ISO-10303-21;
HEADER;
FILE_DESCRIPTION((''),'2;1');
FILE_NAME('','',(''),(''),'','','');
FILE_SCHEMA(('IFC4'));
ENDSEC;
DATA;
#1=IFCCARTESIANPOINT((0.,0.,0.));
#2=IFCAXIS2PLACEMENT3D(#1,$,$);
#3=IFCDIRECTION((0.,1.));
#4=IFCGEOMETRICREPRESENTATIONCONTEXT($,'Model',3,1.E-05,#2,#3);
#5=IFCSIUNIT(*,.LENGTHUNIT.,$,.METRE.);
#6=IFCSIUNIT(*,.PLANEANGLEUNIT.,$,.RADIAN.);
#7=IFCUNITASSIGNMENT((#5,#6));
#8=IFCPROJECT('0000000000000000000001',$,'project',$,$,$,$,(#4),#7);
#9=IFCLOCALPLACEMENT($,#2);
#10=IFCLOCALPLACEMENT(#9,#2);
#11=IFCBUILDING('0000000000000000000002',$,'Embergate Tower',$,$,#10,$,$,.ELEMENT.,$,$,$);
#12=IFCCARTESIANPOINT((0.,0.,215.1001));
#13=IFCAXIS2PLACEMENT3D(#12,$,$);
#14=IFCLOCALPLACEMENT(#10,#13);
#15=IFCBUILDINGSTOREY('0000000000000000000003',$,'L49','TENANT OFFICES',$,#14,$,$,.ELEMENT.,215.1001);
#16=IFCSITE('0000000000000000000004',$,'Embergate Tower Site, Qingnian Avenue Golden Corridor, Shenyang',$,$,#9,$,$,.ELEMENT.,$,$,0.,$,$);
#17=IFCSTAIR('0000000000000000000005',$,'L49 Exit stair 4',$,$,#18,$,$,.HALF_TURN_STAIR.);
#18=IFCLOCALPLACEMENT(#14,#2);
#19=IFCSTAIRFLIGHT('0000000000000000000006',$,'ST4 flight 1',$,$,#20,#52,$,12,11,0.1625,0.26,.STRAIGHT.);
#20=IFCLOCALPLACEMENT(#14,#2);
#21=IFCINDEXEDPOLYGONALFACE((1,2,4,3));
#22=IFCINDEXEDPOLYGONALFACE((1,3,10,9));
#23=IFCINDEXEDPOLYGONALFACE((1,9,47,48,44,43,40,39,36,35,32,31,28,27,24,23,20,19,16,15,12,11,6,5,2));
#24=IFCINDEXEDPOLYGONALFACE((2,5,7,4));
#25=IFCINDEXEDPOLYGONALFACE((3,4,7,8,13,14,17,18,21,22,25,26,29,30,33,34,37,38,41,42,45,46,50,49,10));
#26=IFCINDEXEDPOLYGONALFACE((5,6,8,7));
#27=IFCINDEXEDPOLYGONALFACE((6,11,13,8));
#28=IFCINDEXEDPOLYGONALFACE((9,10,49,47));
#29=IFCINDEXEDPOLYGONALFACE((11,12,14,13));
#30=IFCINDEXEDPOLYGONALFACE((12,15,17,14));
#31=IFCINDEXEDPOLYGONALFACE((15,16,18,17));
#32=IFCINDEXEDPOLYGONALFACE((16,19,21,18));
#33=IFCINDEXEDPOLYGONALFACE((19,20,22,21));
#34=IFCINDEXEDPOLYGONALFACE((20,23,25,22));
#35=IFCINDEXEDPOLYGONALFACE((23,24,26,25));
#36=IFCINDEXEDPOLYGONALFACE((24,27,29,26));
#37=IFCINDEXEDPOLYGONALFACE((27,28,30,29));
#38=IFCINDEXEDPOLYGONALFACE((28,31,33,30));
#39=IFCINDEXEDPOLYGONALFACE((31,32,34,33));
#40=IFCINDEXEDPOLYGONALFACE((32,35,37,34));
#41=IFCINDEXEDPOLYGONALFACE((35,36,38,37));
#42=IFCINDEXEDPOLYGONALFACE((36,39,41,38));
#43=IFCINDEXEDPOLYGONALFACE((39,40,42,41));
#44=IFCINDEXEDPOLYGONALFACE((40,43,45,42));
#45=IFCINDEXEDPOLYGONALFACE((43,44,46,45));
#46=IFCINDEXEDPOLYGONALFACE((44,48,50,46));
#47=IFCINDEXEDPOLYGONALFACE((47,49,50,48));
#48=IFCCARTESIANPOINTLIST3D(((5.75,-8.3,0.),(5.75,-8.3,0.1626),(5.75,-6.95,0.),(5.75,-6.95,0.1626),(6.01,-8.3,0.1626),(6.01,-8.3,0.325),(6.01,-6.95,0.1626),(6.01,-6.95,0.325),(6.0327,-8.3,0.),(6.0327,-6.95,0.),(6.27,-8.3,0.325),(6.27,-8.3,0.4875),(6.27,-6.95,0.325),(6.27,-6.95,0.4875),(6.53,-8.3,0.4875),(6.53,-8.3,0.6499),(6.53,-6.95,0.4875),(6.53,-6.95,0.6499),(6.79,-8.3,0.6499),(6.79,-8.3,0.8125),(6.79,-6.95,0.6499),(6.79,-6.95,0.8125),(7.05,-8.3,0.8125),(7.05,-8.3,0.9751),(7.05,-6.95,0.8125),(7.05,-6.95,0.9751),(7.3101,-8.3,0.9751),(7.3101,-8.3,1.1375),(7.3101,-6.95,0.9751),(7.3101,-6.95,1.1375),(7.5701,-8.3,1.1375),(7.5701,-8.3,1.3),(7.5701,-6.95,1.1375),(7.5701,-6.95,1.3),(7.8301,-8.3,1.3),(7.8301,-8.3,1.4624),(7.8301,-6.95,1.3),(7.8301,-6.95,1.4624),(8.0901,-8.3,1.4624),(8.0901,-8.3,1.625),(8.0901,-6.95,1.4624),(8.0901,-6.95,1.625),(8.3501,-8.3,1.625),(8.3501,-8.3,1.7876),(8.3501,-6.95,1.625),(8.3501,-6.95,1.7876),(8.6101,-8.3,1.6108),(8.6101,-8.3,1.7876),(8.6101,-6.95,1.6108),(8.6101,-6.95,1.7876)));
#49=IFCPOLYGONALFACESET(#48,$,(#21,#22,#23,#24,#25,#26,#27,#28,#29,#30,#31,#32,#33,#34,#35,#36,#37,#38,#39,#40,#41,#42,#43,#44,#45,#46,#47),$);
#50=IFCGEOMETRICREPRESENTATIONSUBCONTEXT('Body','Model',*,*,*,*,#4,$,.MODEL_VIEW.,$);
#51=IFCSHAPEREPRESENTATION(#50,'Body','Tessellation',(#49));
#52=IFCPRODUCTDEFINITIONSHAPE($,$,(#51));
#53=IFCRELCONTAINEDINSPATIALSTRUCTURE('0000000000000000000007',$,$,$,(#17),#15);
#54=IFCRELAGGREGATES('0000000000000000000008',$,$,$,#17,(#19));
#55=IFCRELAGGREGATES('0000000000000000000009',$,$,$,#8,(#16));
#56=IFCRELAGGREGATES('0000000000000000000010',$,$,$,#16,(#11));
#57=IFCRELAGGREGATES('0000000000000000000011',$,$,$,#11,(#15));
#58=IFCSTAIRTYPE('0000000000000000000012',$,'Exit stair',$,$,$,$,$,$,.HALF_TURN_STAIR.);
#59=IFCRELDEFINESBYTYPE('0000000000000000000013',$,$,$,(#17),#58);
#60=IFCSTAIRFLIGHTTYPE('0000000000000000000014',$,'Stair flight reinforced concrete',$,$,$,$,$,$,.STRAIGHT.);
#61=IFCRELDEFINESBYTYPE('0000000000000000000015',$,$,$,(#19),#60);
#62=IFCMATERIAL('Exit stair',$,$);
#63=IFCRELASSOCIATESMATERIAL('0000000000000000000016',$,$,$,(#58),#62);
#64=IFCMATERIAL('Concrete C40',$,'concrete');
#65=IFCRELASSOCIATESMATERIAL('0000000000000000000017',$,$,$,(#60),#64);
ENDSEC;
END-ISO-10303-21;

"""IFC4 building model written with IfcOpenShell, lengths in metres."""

from ifc_helpers import new_model, si_unit, direction, frame, origin, place, context, subcontext, project, spatial, polyline, outline, extrude, source, transform, mapped, material, type_object, element, aggregate, save


model = new_model("IFC4")

# Units and contexts
model_context = context("Model", 3, precision=1e-05, world=origin(), true_north=direction((0.0, 1.0)))
body_context = subcontext(model_context, "Body", "Model", "MODEL_VIEW")
ifc_project = project(units=[si_unit("LENGTHUNIT", "METRE"), si_unit("PLANEANGLEUNIT", "RADIAN")], contexts=[model_context])

# Site, building, storey
site_placement = place(None, origin())
site = spatial("IfcSite", under=ifc_project, at=site_placement, Name="Embergate Tower Site, Qingnian Avenue Golden Corridor, Shenyang", CompositionType="ELEMENT", RefElevation=0.0)
building_placement = place(site_placement, origin())
building = spatial("IfcBuilding", under=site, at=building_placement, Name="Embergate Tower", CompositionType="ELEMENT")
storey_placement = place(building_placement, frame((0.0, 0.0, 215.1001)))
storey = spatial("IfcBuildingStorey", under=building, at=storey_placement, Name="L49", Description="TENANT OFFICES", CompositionType="ELEMENT", Elevation=215.1001)

# Stair, stair flight
ifc_material_1 = material(Name="Exit stair")
stair_type = type_object("IfcStairType", Name="Exit stair", PredefinedType="HALF_TURN_STAIR", material=ifc_material_1)
stair_placement = place(storey_placement, origin())
stair = element("IfcStair", 1, at=stair_placement, inside=storey, type_object=stair_type, Name="L49 Exit stair 4", PredefinedType="HALF_TURN_STAIR")
ifc_material_2 = material(Name="Concrete C40", Category="concrete")
stair_flight_type = type_object("IfcStairFlightType", Name="Stair flight reinforced concrete", PredefinedType="STRAIGHT", material=ifc_material_2)
shared_shape_1 = source(origin(), body_context, "Body", "SweptSolid", [
    extrude(outline(polyline([(0.0, 0.0), (0.0, 0.1626), (0.26, 0.1626), (0.26, 0.325), (0.52, 0.325), (0.52, 0.4875), (0.78, 0.4875), (0.78, 0.6499), (1.04, 0.6499), (1.04, 0.8125), (1.3, 0.8125), (1.3, 0.9751), (1.5601, 0.9751), (1.5601, 1.1375), (1.8201, 1.1375), (1.8201, 1.3), (2.0801, 1.3), (2.0801, 1.4624), (2.3401, 1.4624), (2.3401, 1.625), (2.6001, 1.625), (2.6001, 1.7876), (2.8601, 1.7876), (2.8601, 1.95), (2.8601, 1.6108), (0.2827, 0.0), (0.0, 0.0)])), frame((0.0, 0.675, 0.0), z_axis=(0.0, -1.0, 0.0), x_axis=(1.0, 0.0, 0.0)), (0.0, 0.0, 1.0), 1.3501),
])
stair_flight_placement = place(storey_placement, frame((5.75, -7.625, 0.0), z_axis=(0.0, 0.0, 1.0), x_axis=(1.0, 0.0, 0.0)))
stair_flight = element("IfcStairFlight", 2, at=stair_flight_placement, type_object=stair_flight_type, Name="ST4 flight 1", NumberOfRisers=12, NumberOfTreads=11, PredefinedType="STRAIGHT", RiserHeight=0.1625, TreadLength=0.26, context=body_context, shape_type="MappedRepresentation", body=[
    mapped(shared_shape_1, transform((0.0, 0.0, 0.0))),
])
aggregate(stair, [stair_flight])

save(model, "model.ifc")
